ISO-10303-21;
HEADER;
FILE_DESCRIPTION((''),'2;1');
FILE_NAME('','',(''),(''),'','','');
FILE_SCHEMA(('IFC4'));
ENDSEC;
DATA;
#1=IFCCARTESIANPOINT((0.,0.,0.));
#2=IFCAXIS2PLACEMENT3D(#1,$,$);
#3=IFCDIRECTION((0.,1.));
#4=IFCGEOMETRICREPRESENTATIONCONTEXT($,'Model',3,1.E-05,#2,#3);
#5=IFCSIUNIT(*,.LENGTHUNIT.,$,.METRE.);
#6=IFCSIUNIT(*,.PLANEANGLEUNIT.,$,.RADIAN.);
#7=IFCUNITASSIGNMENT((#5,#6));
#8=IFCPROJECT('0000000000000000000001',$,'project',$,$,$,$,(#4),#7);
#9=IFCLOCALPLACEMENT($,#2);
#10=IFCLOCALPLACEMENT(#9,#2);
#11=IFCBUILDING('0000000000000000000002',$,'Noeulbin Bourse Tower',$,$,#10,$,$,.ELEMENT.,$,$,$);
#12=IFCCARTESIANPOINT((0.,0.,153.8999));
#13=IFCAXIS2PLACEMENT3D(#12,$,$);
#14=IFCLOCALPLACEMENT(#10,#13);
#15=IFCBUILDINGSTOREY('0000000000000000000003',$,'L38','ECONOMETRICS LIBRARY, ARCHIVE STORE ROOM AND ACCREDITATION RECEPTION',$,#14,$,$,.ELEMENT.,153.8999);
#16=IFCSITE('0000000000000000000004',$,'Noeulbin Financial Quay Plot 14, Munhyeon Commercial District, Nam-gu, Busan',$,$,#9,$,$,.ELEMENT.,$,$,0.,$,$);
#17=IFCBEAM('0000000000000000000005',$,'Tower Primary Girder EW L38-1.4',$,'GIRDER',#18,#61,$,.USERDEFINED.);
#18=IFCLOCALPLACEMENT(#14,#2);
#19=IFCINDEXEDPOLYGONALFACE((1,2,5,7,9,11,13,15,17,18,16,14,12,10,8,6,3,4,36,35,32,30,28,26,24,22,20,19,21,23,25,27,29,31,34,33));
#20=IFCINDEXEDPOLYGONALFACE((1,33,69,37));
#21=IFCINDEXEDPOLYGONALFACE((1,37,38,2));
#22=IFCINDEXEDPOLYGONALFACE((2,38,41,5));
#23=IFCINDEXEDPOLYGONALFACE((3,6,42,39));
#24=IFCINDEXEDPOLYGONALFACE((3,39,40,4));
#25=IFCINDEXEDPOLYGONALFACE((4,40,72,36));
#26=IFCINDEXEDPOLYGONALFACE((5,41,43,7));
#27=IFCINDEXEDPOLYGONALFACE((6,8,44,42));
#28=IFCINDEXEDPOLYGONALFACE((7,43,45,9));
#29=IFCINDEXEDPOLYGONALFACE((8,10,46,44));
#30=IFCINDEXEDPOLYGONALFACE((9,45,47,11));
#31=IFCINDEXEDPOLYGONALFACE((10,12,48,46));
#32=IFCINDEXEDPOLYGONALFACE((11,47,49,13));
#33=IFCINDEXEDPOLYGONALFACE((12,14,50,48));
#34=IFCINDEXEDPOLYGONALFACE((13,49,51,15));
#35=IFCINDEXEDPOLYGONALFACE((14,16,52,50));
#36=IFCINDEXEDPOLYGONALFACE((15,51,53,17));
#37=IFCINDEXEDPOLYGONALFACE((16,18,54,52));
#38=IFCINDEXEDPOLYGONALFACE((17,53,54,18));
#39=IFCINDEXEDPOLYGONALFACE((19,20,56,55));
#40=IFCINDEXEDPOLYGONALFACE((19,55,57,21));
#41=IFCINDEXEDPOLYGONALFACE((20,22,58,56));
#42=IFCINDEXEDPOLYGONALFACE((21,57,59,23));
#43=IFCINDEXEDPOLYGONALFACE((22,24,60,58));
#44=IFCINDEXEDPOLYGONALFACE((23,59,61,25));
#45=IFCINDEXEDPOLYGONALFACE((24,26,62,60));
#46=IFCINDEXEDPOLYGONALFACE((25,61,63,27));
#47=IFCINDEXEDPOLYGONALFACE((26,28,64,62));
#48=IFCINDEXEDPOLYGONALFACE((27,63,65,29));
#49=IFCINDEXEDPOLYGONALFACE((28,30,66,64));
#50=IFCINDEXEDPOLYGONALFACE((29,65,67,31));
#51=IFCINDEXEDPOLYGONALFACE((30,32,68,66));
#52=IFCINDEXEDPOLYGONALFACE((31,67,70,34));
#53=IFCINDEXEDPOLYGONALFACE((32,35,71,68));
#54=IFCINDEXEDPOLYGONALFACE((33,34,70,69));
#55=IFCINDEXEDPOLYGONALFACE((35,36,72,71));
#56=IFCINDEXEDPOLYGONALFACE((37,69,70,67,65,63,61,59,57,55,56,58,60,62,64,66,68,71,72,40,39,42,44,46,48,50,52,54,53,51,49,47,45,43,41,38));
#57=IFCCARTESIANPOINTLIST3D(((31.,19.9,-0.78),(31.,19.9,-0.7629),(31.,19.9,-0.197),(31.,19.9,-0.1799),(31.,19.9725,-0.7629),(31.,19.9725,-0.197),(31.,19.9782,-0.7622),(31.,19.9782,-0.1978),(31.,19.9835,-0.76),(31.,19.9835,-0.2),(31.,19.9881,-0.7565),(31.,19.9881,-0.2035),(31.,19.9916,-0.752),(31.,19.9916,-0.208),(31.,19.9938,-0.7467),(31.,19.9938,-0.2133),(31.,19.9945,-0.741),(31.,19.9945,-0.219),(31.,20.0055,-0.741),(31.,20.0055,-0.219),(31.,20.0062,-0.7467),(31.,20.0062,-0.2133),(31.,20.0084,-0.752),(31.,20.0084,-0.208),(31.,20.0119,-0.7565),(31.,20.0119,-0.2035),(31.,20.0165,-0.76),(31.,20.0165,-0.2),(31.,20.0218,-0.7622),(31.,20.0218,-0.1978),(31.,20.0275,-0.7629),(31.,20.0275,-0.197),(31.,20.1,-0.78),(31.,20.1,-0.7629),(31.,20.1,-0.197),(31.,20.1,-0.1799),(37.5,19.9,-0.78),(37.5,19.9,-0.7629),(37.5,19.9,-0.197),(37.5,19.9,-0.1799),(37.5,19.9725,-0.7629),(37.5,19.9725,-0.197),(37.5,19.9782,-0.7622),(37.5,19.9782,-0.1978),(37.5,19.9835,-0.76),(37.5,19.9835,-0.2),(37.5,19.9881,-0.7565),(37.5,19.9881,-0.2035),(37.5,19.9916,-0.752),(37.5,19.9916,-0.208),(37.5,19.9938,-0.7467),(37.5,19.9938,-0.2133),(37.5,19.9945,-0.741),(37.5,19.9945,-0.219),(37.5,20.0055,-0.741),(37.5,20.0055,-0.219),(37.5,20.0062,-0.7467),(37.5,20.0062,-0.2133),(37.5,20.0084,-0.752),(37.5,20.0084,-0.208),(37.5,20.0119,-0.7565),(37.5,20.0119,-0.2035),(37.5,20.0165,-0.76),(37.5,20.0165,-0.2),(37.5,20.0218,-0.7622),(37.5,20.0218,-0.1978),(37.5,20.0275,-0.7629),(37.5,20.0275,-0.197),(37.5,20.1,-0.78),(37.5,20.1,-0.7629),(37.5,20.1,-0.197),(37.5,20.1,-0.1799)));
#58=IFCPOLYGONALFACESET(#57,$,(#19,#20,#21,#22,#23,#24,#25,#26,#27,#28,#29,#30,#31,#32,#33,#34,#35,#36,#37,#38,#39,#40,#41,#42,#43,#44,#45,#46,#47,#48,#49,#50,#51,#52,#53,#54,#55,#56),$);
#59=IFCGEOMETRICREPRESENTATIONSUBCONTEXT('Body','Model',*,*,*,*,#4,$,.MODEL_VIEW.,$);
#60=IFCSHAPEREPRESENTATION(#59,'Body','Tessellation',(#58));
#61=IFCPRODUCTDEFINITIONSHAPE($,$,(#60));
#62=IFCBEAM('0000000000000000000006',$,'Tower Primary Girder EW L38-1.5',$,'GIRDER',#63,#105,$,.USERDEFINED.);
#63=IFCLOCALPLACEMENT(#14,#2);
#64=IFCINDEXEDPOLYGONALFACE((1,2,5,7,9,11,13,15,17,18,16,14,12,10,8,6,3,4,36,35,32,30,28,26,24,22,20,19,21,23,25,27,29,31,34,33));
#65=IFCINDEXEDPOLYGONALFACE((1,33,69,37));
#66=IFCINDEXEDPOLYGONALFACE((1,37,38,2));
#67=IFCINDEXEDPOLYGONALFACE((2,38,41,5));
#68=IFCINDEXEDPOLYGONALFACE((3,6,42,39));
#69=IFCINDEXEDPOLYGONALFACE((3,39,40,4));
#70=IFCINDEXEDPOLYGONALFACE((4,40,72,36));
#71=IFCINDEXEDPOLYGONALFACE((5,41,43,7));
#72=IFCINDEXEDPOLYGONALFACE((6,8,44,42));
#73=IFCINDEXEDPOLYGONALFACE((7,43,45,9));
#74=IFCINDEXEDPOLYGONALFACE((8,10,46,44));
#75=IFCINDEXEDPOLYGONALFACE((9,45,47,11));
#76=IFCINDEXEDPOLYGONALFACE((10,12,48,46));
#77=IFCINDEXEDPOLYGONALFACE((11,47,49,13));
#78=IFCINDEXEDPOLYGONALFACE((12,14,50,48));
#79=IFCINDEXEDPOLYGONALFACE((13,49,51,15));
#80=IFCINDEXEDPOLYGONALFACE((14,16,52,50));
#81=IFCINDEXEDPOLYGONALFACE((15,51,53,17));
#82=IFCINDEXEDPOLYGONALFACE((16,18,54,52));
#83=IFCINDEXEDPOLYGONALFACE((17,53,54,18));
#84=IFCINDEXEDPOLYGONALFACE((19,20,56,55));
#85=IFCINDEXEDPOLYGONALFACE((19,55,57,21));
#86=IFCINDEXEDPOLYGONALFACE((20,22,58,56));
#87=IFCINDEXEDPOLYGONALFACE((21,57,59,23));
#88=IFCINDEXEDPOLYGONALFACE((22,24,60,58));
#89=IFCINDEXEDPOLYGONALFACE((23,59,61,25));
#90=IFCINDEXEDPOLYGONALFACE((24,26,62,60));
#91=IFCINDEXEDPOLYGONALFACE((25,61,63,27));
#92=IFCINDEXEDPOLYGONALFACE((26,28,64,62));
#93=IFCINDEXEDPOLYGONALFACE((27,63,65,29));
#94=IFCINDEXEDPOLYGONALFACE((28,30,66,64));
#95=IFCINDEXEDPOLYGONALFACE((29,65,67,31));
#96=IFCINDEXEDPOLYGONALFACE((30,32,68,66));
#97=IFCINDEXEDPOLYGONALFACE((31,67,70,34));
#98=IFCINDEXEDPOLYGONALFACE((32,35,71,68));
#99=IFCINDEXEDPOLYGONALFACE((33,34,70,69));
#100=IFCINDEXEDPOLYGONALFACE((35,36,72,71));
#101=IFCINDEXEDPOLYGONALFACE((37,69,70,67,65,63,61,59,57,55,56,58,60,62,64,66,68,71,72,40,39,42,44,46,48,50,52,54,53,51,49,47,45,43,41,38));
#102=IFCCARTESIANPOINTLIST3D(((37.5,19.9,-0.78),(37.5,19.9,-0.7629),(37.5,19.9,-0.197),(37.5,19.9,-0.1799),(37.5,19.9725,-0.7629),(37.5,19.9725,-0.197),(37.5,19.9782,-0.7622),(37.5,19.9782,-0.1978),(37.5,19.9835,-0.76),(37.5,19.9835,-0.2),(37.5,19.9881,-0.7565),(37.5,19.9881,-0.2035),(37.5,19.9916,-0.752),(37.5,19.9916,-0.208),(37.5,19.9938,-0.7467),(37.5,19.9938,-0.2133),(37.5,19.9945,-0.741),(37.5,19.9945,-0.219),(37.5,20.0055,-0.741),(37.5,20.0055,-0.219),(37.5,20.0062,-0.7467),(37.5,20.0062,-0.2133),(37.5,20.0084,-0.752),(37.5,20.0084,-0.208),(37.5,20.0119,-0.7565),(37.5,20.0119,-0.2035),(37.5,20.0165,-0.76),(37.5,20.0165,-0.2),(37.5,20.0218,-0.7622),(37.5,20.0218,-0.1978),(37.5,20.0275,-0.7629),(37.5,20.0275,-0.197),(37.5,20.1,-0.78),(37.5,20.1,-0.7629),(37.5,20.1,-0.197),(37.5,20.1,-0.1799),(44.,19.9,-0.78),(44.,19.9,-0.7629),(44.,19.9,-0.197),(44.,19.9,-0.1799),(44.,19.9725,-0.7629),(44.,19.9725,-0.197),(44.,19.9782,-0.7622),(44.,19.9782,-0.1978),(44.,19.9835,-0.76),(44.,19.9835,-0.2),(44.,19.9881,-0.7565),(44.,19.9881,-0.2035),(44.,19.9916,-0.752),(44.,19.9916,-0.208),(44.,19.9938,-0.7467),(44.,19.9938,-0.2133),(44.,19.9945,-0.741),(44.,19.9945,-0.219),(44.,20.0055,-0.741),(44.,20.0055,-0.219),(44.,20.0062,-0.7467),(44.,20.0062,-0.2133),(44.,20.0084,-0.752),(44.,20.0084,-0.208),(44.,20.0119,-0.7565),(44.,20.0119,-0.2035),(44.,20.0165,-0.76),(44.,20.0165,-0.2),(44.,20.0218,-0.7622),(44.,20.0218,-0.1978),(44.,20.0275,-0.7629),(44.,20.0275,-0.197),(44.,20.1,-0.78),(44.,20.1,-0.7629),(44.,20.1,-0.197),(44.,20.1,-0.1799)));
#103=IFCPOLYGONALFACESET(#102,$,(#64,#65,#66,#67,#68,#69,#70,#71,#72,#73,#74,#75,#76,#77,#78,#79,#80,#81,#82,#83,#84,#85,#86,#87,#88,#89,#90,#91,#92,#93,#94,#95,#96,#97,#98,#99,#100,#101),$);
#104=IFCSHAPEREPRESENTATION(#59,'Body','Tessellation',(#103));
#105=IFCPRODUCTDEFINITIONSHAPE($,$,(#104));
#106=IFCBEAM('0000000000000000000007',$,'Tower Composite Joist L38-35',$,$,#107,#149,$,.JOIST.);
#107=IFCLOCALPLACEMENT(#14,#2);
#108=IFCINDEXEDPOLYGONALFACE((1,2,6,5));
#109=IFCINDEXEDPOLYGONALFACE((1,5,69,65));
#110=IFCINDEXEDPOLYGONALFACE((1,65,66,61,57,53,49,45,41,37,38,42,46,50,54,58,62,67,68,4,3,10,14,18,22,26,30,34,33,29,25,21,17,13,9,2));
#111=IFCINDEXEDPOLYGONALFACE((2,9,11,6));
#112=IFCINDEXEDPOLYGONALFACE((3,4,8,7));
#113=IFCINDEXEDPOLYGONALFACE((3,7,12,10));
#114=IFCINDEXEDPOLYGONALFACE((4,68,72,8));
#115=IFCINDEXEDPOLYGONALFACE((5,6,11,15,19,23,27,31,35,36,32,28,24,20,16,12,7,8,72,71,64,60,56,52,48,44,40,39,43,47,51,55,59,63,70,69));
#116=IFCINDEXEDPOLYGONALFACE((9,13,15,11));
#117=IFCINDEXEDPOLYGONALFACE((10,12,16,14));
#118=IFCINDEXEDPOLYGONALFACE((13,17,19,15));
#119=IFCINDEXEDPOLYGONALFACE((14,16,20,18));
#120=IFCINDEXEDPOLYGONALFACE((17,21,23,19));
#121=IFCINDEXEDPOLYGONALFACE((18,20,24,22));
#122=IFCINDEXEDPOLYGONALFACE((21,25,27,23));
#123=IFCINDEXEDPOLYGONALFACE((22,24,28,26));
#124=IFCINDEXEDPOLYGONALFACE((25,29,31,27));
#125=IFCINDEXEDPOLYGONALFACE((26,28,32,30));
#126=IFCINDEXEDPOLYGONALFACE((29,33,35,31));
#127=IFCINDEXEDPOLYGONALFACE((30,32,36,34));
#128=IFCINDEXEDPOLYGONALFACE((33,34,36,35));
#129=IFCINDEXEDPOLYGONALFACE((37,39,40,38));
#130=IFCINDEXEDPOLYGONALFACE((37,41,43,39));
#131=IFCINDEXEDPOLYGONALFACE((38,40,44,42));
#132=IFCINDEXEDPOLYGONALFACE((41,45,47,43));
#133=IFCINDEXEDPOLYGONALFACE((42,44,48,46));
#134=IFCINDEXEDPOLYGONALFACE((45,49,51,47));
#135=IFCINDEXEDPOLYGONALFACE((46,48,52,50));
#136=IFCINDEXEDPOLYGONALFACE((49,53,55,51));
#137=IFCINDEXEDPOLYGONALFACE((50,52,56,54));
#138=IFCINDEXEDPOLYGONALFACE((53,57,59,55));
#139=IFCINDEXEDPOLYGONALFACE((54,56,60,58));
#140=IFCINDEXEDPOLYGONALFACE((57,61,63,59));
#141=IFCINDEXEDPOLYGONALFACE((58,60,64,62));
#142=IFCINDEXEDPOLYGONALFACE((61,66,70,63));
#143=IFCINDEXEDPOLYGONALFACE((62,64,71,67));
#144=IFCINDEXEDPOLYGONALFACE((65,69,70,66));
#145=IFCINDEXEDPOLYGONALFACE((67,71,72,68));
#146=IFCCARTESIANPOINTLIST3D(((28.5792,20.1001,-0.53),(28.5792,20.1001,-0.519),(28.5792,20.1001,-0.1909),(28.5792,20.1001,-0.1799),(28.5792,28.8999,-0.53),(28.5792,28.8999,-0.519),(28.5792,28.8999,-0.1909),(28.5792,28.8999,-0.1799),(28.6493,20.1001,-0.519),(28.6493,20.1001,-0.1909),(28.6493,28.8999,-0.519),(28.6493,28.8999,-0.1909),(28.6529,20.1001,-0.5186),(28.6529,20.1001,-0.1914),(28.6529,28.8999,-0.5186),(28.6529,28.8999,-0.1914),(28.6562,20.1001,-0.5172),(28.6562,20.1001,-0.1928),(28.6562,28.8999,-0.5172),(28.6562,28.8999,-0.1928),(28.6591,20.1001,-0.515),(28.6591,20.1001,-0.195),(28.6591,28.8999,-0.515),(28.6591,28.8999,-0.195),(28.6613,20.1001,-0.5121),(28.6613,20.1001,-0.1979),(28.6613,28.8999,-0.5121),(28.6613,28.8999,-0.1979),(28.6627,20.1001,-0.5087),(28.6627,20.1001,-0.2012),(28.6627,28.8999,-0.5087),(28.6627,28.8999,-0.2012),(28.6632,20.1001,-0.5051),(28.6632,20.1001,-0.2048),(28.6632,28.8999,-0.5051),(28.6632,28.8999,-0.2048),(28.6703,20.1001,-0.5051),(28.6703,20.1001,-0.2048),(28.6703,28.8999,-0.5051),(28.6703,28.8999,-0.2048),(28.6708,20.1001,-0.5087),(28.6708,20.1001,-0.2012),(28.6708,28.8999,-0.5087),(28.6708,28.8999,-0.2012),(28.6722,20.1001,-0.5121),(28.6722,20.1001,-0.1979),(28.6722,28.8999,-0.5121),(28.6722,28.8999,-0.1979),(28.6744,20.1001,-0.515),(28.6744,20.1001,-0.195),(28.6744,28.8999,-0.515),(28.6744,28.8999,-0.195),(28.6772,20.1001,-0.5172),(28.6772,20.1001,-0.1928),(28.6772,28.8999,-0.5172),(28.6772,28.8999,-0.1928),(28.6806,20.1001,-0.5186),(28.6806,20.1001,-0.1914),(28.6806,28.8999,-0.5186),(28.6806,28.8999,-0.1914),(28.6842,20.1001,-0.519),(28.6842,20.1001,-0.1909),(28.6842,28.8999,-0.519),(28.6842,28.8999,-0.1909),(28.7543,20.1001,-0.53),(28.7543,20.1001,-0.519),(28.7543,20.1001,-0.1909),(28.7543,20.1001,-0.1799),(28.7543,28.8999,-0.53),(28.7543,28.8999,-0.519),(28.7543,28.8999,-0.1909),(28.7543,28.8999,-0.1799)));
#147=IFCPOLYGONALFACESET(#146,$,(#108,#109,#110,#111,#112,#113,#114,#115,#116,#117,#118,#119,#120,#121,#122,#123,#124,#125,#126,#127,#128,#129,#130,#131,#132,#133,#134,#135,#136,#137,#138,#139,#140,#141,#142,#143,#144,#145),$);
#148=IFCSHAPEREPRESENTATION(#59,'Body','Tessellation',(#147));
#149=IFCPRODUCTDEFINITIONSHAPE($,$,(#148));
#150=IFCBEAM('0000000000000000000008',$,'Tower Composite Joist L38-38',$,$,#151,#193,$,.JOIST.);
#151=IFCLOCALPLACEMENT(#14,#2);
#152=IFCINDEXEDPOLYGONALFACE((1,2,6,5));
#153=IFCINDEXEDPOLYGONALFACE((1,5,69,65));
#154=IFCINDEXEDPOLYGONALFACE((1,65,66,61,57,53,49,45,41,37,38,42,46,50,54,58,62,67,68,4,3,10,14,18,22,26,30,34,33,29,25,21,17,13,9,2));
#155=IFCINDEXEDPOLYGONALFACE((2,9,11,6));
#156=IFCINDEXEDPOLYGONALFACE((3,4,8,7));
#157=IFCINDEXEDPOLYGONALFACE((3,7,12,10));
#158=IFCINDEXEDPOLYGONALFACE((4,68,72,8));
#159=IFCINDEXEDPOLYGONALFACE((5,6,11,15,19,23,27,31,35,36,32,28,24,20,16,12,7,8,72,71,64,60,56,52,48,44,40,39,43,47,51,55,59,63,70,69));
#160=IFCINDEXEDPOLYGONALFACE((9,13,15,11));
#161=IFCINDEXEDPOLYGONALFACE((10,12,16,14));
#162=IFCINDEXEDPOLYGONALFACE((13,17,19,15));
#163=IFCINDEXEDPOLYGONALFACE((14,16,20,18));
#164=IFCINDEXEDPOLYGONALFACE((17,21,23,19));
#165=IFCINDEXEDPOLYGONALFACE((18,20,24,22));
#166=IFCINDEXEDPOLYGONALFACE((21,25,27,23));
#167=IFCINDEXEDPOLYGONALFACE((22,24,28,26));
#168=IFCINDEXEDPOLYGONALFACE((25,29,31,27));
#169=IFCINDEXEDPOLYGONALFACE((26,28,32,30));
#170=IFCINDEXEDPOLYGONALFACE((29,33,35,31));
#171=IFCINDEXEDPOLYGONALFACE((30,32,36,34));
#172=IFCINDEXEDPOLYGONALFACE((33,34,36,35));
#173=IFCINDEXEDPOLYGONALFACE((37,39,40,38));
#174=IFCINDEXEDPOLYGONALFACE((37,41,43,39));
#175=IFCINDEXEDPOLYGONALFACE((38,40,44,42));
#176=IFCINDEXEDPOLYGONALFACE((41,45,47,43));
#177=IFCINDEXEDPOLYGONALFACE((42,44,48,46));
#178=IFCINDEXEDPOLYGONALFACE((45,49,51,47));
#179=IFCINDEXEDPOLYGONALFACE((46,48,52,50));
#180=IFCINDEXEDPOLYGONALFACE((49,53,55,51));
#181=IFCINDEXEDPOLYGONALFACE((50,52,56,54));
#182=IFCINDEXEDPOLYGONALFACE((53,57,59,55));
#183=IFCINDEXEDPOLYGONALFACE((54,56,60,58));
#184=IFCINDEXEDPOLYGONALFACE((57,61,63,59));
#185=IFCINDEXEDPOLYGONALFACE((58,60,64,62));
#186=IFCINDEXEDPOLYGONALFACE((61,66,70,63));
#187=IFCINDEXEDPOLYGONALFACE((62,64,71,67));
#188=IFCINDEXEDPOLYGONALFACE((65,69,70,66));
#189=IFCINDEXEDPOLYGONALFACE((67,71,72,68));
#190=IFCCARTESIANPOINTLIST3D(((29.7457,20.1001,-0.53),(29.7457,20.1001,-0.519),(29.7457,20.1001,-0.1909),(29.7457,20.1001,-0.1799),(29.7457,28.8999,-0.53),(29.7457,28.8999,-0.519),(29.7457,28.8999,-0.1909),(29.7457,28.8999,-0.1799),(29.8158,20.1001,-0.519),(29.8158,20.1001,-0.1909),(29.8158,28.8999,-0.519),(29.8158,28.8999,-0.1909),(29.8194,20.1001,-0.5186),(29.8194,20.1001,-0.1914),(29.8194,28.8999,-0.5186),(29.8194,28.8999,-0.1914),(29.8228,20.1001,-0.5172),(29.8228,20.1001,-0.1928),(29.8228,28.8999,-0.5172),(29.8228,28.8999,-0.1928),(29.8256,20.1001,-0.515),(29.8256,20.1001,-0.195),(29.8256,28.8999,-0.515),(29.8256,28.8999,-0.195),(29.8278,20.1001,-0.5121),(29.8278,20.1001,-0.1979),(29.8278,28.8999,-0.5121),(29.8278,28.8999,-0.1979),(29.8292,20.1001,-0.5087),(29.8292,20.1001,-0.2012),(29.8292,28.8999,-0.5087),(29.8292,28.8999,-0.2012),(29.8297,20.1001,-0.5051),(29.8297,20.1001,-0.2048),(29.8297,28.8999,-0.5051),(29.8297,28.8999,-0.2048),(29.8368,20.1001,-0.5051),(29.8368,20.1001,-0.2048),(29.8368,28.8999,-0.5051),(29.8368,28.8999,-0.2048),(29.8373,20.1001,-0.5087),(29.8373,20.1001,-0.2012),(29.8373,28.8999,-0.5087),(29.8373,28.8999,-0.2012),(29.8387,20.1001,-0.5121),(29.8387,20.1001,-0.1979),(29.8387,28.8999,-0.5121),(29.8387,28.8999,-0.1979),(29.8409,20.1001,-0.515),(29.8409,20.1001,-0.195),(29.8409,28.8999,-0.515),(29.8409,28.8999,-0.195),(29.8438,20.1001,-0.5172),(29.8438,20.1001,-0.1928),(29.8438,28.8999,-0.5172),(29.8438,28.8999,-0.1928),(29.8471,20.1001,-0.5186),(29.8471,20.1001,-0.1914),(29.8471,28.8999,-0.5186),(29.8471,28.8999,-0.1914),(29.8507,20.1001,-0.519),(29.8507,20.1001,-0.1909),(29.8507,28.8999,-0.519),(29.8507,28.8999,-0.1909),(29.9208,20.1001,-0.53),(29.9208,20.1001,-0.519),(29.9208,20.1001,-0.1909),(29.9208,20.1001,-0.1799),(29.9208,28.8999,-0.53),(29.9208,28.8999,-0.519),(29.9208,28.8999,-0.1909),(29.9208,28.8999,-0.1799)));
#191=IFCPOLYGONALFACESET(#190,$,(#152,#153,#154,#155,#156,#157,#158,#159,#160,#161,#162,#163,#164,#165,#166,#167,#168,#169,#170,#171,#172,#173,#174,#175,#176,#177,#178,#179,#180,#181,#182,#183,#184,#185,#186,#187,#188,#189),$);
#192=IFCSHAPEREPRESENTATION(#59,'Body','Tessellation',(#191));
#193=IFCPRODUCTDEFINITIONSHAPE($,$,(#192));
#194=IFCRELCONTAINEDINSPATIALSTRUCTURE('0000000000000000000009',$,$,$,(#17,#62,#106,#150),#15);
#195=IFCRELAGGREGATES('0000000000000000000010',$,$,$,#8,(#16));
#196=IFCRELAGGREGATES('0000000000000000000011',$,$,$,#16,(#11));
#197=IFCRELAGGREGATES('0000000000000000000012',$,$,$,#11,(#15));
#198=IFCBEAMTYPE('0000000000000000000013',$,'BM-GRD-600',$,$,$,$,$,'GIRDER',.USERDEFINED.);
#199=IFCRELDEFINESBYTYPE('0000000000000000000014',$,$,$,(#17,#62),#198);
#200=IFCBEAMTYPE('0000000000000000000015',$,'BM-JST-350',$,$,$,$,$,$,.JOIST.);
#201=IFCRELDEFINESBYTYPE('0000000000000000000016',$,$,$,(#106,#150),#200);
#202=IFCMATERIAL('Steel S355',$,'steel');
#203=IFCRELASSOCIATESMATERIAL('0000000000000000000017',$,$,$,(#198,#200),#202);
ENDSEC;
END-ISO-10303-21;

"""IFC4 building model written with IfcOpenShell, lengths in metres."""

from ifc_helpers import new_model, si_unit, direction, frame, origin, origin_2d, place, context, subcontext, project, spatial, i_section, extrude, material, material_profile, profile_set, type_object, element, save


model = new_model("IFC4")

# Units and contexts
model_context = context("Model", 3, precision=1e-05, world=origin(), true_north=direction((0.0, 1.0)))
body_context = subcontext(model_context, "Body", "Model", "MODEL_VIEW")
ifc_project = project(units=[si_unit("LENGTHUNIT", "METRE"), si_unit("PLANEANGLEUNIT", "RADIAN")], contexts=[model_context])

# Site, building, storey
site_placement = place(None, origin())
site = spatial("IfcSite", under=ifc_project, at=site_placement, Name="Noeulbin Financial Quay Plot 14, Munhyeon Commercial District, Nam-gu, Busan", CompositionType="ELEMENT", RefElevation=0.0)
building_placement = place(site_placement, origin())
building = spatial("IfcBuilding", under=site, at=building_placement, Name="Noeulbin Bourse Tower", CompositionType="ELEMENT")
storey_placement = place(building_placement, frame((0.0, 0.0, 153.8999)))
storey = spatial("IfcBuildingStorey", under=building, at=storey_placement, Name="L38", Description="ECONOMETRICS LIBRARY, ARCHIVE STORE ROOM AND ACCREDITATION RECEPTION", CompositionType="ELEMENT", Elevation=153.8999)

# Beams
ifc_material_1 = material(Name="Steel S355", Category="steel")
ifc_material_profile_1 = material_profile(ifc_material_1, i_section(OverallWidth=0.2, OverallDepth=0.6001, WebThickness=0.011, FlangeThickness=0.0171, FilletRadius=0.022, at=origin_2d()), Name="H-600x200x11x17", Category="LoadBearing")
ifc_profile_set_1 = profile_set([ifc_material_profile_1], Name="Steel S355")
beam_type_1 = type_object("IfcBeamType", Name="BM-GRD-600", ElementType="GIRDER", PredefinedType="USERDEFINED", material=ifc_profile_set_1)
for number, where, z_axis, x_axis, name in (
    (1, (31.0, 20.0, -0.48), (1.0, 0.0, 0.0), (0.0, 1.0, 0.0), "Tower Primary Girder EW L38-1.4"),
    (2, (37.5, 20.0, -0.48), (1.0, 0.0, 0.0), (0.0, 1.0, 0.0), "Tower Primary Girder EW L38-1.5"),
):
    element("IfcBeam", number, at=place(storey_placement, frame(where, z_axis=z_axis, x_axis=x_axis)), inside=storey, type_object=beam_type_1, Name=name, ObjectType="GIRDER", PredefinedType="USERDEFINED", context=body_context, shape_type="SweptSolid", body=[
        extrude(i_section(OverallWidth=0.2, OverallDepth=0.6001, WebThickness=0.011, FlangeThickness=0.0171, FilletRadius=0.022, at=origin_2d()), origin(), (0.0, 0.0, 1.0), 6.5),
    ])
ifc_material_profile_2 = material_profile(ifc_material_1, i_section(OverallWidth=0.175, OverallDepth=0.3501, WebThickness=0.0071, FlangeThickness=0.011, FilletRadius=0.0139, at=origin_2d()), Name="H-350x175x7x11", Category="LoadBearing")
ifc_profile_set_2 = profile_set([ifc_material_profile_2], Name="Steel S355")
beam_type_2 = type_object("IfcBeamType", Name="BM-JST-350", PredefinedType="JOIST", material=ifc_profile_set_2)
for number, where, z_axis, x_axis, name in (
    (3, (28.6667, 20.1001, -0.355), (0.0, 1.0, 0.0), (-1.0, 0.0, 0.0), "Tower Composite Joist L38-35"),
    (4, (29.8333, 20.1001, -0.355), (0.0, 1.0, 0.0), (-1.0, 0.0, 0.0), "Tower Composite Joist L38-38"),
):
    element("IfcBeam", number, at=place(storey_placement, frame(where, z_axis=z_axis, x_axis=x_axis)), inside=storey, type_object=beam_type_2, Name=name, PredefinedType="JOIST", context=body_context, shape_type="SweptSolid", body=[
        extrude(i_section(OverallWidth=0.175, OverallDepth=0.3501, WebThickness=0.0071, FlangeThickness=0.011, FilletRadius=0.0139, at=origin_2d()), origin(), (0.0, 0.0, 1.0), 8.7998),
    ])

save(model, "model.ifc")
